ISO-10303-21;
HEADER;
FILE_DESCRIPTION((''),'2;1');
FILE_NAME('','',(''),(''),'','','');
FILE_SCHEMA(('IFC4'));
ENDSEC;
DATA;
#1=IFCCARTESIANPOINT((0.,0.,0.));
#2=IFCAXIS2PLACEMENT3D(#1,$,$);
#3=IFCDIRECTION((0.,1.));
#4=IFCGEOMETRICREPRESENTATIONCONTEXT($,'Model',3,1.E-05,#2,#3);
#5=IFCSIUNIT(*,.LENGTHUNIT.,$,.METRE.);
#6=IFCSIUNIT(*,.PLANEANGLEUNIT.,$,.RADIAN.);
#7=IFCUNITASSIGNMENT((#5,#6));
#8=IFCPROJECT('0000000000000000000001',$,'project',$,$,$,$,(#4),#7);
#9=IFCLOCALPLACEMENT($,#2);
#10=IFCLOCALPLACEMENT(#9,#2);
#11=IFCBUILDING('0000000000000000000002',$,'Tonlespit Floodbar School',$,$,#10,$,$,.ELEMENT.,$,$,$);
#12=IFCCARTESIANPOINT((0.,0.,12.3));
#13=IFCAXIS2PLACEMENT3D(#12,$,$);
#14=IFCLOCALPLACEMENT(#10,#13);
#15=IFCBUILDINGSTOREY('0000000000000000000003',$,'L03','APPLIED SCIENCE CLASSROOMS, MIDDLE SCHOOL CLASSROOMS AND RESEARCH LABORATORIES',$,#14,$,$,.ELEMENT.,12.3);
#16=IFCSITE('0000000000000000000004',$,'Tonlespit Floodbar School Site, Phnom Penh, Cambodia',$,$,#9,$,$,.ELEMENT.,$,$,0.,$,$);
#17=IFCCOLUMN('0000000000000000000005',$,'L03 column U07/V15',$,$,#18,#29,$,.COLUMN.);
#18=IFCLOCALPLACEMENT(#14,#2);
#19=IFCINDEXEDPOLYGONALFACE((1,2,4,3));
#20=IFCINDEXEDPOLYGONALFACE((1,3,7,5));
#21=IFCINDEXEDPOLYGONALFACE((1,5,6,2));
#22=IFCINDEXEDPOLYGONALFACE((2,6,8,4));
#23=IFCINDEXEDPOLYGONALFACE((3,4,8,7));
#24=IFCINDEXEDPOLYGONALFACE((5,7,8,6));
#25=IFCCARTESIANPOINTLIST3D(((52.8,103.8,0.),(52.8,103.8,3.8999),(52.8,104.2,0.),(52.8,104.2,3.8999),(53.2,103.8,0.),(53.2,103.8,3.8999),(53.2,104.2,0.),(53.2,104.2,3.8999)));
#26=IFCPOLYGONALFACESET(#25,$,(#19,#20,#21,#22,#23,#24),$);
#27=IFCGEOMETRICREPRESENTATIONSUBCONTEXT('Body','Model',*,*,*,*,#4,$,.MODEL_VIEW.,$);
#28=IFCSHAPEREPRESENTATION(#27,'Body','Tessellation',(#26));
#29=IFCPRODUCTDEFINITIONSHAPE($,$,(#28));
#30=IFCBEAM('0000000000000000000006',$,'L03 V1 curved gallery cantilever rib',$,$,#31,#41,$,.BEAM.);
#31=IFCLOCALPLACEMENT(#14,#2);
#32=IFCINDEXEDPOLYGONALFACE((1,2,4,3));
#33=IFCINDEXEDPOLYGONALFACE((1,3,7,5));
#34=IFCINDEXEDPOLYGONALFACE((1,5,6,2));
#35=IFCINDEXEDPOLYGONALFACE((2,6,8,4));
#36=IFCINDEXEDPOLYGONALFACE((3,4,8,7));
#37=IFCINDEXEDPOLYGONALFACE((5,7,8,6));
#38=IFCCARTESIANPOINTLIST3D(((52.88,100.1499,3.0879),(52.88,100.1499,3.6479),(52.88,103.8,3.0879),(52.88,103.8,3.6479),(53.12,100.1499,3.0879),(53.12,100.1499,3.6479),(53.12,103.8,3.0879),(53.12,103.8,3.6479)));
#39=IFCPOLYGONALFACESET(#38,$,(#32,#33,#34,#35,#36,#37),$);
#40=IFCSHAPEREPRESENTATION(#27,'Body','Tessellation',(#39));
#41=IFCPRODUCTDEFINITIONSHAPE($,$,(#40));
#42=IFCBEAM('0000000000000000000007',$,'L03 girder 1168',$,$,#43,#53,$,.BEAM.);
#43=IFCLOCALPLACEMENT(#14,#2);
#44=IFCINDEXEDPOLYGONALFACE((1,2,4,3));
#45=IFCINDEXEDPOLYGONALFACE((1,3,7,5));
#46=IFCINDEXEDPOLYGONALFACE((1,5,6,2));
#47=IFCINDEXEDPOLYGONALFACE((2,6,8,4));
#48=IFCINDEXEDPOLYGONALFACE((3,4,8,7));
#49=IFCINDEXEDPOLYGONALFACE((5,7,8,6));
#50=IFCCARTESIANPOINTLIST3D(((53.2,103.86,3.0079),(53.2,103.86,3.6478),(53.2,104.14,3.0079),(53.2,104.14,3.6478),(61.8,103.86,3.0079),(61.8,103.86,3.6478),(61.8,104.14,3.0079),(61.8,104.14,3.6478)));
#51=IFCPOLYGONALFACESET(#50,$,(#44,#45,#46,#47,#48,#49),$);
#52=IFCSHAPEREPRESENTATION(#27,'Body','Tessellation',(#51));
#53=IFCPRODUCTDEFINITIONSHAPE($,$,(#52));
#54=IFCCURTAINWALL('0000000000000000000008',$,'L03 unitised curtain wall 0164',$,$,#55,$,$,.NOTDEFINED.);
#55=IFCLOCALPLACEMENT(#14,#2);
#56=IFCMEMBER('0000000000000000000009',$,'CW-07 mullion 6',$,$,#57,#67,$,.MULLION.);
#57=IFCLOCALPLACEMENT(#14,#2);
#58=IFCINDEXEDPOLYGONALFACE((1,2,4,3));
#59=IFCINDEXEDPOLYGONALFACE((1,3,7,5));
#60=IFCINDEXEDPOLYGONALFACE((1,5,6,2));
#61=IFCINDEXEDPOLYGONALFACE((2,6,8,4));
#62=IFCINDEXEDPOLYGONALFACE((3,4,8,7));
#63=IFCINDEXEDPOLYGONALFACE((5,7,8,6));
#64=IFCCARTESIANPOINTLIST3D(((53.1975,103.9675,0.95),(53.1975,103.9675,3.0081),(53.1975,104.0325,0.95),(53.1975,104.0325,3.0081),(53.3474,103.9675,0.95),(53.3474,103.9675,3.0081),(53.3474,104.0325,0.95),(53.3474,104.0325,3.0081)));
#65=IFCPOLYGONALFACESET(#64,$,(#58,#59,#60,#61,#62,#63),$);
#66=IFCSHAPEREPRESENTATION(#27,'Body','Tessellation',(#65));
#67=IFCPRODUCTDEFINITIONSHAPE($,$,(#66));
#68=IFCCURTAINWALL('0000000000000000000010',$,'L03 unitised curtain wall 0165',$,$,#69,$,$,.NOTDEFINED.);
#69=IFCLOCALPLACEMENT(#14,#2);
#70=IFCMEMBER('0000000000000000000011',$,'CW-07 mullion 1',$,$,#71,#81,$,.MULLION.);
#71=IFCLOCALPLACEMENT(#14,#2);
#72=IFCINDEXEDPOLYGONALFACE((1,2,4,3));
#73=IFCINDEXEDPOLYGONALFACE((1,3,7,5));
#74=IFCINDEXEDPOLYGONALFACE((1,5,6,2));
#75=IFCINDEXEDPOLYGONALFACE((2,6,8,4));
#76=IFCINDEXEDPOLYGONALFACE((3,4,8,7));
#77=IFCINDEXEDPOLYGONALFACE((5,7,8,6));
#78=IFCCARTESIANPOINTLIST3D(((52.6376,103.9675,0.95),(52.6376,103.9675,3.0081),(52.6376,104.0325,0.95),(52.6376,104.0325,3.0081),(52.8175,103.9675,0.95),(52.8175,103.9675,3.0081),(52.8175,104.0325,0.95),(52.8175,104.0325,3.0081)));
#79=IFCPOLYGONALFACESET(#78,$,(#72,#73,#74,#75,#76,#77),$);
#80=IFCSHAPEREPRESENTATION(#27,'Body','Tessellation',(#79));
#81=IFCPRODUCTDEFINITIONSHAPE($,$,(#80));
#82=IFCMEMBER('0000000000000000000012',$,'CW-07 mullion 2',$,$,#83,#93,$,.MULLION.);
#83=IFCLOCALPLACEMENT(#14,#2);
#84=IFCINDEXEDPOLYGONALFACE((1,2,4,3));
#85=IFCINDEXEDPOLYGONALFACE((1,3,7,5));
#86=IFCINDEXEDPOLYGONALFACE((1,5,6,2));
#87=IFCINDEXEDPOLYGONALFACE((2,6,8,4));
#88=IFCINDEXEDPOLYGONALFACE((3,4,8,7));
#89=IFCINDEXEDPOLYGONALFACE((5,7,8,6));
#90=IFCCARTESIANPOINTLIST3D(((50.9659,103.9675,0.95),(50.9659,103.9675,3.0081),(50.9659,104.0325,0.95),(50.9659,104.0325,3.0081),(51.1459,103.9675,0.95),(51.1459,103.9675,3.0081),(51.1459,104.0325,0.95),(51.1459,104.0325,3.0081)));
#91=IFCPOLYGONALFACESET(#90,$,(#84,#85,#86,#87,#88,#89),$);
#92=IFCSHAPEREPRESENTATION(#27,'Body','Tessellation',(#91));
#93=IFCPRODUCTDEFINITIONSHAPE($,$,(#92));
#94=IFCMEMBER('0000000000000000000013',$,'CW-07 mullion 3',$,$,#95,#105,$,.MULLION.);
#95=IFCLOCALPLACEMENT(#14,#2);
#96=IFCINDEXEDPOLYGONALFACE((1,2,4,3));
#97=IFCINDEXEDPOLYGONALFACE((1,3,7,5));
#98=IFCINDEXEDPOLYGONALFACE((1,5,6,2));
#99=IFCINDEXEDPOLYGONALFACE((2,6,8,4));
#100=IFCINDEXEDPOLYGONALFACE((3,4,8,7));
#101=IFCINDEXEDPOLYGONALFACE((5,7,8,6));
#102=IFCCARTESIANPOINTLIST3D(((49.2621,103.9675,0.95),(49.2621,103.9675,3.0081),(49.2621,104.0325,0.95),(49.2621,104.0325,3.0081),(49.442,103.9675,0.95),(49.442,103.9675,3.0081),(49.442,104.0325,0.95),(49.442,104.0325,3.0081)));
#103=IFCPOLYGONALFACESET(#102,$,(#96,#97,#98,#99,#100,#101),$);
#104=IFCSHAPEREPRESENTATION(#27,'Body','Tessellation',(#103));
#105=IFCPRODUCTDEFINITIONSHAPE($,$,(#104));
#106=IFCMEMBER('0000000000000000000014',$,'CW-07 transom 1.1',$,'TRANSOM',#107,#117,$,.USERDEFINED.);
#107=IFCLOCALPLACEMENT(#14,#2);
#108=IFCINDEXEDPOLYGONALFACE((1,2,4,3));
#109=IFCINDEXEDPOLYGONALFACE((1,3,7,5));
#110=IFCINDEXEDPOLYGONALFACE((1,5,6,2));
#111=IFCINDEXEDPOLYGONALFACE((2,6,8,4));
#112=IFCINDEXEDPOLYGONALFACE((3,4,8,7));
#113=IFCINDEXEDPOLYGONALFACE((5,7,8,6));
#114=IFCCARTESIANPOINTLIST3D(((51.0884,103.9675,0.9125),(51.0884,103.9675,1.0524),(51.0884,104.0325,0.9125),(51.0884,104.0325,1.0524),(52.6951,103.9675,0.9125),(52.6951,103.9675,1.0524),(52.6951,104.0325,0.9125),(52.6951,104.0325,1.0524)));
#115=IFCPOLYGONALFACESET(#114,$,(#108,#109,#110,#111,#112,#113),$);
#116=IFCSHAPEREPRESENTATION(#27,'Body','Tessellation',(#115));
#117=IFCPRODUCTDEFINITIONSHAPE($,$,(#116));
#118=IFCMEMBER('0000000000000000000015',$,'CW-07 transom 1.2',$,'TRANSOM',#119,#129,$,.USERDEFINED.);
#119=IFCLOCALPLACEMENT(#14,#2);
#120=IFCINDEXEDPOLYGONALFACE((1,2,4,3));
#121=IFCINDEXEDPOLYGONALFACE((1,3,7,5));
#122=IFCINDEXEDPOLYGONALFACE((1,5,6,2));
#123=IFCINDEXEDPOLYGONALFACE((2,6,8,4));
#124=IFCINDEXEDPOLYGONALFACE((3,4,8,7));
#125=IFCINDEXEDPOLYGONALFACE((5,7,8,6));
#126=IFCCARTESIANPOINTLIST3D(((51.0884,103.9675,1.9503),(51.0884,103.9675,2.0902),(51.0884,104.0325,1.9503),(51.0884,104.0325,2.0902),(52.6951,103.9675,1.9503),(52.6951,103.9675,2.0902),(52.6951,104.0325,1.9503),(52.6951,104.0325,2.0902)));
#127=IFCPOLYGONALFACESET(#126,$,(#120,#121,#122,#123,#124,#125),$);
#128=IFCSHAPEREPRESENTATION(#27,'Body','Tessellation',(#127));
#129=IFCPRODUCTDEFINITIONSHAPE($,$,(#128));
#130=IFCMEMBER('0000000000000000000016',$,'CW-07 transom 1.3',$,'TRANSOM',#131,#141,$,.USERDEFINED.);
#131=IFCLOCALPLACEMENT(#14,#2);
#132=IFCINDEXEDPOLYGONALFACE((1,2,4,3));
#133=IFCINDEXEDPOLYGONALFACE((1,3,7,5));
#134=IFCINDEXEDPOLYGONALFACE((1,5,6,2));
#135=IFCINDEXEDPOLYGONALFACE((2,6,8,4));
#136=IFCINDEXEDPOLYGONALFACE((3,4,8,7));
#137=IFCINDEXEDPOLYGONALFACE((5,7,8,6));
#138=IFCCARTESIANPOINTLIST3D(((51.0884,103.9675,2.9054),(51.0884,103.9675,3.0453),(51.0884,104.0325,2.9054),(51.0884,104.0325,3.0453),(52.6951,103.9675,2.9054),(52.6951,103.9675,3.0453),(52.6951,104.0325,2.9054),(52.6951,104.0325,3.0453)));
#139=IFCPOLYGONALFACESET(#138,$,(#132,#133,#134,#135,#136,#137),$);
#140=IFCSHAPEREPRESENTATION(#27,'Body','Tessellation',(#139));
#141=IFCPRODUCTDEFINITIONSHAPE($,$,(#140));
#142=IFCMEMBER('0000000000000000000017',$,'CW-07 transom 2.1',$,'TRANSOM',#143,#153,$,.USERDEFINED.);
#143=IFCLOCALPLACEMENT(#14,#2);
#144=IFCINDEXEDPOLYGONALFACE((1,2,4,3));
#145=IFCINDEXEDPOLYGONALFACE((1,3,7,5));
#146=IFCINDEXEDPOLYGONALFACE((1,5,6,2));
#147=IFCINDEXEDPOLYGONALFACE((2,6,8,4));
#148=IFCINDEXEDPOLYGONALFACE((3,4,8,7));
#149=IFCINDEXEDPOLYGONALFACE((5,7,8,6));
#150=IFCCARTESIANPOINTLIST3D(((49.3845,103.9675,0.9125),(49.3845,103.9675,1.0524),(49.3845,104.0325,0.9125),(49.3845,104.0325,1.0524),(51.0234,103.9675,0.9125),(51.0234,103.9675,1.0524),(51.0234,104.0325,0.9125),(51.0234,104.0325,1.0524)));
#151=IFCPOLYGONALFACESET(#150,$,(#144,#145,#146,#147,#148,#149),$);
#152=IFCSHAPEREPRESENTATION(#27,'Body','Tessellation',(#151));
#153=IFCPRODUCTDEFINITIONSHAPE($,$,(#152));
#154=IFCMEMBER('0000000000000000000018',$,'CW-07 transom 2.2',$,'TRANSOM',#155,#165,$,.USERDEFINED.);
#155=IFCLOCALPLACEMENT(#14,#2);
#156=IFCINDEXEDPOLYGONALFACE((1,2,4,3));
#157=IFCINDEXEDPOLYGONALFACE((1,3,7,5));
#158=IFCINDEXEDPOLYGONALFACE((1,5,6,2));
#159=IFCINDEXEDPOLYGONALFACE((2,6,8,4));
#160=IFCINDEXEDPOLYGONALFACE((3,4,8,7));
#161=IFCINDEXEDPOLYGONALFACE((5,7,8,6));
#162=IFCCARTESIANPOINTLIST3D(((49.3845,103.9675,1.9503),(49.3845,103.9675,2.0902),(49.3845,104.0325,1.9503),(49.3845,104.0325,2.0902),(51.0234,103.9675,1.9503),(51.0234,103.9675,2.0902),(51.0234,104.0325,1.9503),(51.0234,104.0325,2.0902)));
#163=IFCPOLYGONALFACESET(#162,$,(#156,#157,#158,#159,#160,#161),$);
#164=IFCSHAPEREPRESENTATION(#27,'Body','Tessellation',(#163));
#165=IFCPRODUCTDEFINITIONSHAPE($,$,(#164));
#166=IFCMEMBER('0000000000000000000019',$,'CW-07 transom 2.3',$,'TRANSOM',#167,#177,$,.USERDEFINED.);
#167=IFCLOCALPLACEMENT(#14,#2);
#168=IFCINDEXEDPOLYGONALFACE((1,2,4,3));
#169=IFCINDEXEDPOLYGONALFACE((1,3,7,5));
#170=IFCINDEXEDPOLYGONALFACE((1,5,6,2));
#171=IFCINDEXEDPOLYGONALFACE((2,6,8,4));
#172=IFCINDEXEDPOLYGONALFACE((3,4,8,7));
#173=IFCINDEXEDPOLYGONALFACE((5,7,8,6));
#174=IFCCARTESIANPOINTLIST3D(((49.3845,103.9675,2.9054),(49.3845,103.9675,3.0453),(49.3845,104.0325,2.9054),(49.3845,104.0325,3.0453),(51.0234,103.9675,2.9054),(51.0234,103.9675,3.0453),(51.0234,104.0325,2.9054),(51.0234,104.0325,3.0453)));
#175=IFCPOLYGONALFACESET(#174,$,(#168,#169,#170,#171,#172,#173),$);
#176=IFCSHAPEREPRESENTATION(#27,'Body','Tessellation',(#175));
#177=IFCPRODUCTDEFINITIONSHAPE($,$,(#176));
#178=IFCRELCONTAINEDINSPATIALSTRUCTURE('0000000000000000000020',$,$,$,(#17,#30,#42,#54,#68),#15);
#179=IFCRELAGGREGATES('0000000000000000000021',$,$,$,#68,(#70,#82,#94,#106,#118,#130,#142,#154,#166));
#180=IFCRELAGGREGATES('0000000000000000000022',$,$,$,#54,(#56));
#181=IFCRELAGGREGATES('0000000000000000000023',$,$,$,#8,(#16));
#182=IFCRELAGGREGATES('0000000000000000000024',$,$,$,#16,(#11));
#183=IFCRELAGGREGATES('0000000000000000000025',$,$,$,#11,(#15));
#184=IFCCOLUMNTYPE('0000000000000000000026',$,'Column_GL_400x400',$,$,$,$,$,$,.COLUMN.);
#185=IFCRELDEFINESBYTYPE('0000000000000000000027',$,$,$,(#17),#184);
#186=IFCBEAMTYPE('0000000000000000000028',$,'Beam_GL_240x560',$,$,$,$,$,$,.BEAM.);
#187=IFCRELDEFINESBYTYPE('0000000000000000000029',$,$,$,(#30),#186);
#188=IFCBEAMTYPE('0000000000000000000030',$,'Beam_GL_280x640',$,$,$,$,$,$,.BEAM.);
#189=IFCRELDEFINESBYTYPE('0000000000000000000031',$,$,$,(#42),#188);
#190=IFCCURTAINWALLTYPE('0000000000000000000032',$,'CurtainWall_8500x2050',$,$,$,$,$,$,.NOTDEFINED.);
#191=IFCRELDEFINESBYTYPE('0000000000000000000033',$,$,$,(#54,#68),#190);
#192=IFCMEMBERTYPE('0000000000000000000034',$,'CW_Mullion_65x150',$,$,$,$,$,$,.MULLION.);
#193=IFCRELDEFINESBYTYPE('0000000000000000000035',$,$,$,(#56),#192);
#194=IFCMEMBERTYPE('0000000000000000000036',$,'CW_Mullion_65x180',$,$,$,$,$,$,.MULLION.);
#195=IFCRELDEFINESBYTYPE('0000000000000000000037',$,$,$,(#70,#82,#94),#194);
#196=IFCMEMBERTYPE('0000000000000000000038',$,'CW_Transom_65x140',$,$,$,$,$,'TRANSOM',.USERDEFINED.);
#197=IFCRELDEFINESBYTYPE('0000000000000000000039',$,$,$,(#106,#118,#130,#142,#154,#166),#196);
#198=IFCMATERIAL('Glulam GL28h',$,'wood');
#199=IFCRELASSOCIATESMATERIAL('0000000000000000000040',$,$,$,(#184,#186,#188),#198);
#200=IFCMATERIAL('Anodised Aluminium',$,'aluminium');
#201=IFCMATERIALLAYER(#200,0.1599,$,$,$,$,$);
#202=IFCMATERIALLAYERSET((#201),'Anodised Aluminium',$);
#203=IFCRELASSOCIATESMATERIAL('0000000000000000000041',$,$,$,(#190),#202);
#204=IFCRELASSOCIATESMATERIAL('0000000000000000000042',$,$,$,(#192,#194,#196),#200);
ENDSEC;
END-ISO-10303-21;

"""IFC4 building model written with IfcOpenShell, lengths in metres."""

from ifc_helpers import new_model, si_unit, direction, frame, origin, origin_2d, place, context, subcontext, project, spatial, rectangle, extrude, material, layer, layer_set, material_profile, profile_set, type_object, element, aggregate, save


model = new_model("IFC4")

# Units and contexts
model_context = context("Model", 3, precision=1e-05, world=origin(), true_north=direction((0.0, 1.0)))
body_context = subcontext(model_context, "Body", "Model", "MODEL_VIEW")
ifc_project = project(units=[si_unit("LENGTHUNIT", "METRE"), si_unit("PLANEANGLEUNIT", "RADIAN")], contexts=[model_context])

# Site, building, storey
site_placement = place(None, origin())
site = spatial("IfcSite", under=ifc_project, at=site_placement, Name="Tonlespit Floodbar School Site, Phnom Penh, Cambodia", CompositionType="ELEMENT", RefElevation=0.0)
building_placement = place(site_placement, origin())
building = spatial("IfcBuilding", under=site, at=building_placement, Name="Tonlespit Floodbar School", CompositionType="ELEMENT")
storey_placement = place(building_placement, frame((0.0, 0.0, 12.3)))
storey = spatial("IfcBuildingStorey", under=building, at=storey_placement, Name="L03", Description="APPLIED SCIENCE CLASSROOMS, MIDDLE SCHOOL CLASSROOMS AND RESEARCH LABORATORIES", CompositionType="ELEMENT", Elevation=12.3)

# Column
ifc_material_1 = material(Name="Glulam GL28h", Category="wood")
ifc_material_profile_1 = material_profile(ifc_material_1, rectangle(XDim=0.3999, YDim=0.3999, at=origin_2d()), Name="GL 400x400")
ifc_profile_set_1 = profile_set([ifc_material_profile_1], Name="Glulam GL28h")
column_type = type_object("IfcColumnType", Name="Column_GL_400x400", PredefinedType="COLUMN", material=ifc_profile_set_1)
column_placement = place(storey_placement, frame((53.0, 104.0, 0.0), z_axis=(0.0, 0.0, 1.0), x_axis=(1.0, 0.0, 0.0)))
element("IfcColumn", 1, at=column_placement, inside=storey, type_object=column_type, Name="L03 column U07/V15", PredefinedType="COLUMN", context=body_context, shape_type="SweptSolid", body=[
    extrude(rectangle(XDim=0.3999, YDim=0.3999, at=origin_2d()), origin(), (0.0, 0.0, 1.0), 3.8999),
])

# Beams
ifc_material_profile_2 = material_profile(ifc_material_1, rectangle(XDim=0.24, YDim=0.5601, at=origin_2d()), Name="GL 240x560")
ifc_profile_set_2 = profile_set([ifc_material_profile_2], Name="Glulam GL28h")
beam_type_1 = type_object("IfcBeamType", Name="Beam_GL_240x560", PredefinedType="BEAM", material=ifc_profile_set_2)
beam_1_placement = place(storey_placement, frame((53.0, 103.8, 3.3679), z_axis=(0.0, -1.0, 0.0), x_axis=(1.0, 0.0, 0.0)))
element("IfcBeam", 2, at=beam_1_placement, inside=storey, type_object=beam_type_1, Name="L03 V1 curved gallery cantilever rib", PredefinedType="BEAM", context=body_context, shape_type="SweptSolid", body=[
    extrude(rectangle(XDim=0.24, YDim=0.5601, at=origin_2d()), origin(), (0.0, 0.0, 1.0), 3.6501),
])
ifc_material_profile_3 = material_profile(ifc_material_1, rectangle(XDim=0.28, YDim=0.6399, at=origin_2d()), Name="GL 280x640")
ifc_profile_set_3 = profile_set([ifc_material_profile_3], Name="Glulam GL28h")
beam_type_2 = type_object("IfcBeamType", Name="Beam_GL_280x640", PredefinedType="BEAM", material=ifc_profile_set_3)
beam_2_placement = place(storey_placement, frame((53.2, 104.0, 3.3279), z_axis=(1.0, 0.0, 0.0), x_axis=(0.0, 1.0, 0.0)))
element("IfcBeam", 3, at=beam_2_placement, inside=storey, type_object=beam_type_2, Name="L03 girder 1168", PredefinedType="BEAM", context=body_context, shape_type="SweptSolid", body=[
    extrude(rectangle(XDim=0.28, YDim=0.6399, at=origin_2d()), origin(), (0.0, 0.0, 1.0), 8.6001),
])

# Curtain wall, member
ifc_material_2 = material(Name="Anodised Aluminium", Category="aluminium")
ifc_layer_1 = layer(ifc_material_2, 0.1599)
ifc_layer_set_1 = layer_set([ifc_layer_1], Name="Anodised Aluminium")
curtain_wall_type = type_object("IfcCurtainWallType", Name="CurtainWall_8500x2050", PredefinedType="NOTDEFINED", material=ifc_layer_set_1)
curtain_wall_1_placement = place(storey_placement, origin())
curtain_wall_1 = element("IfcCurtainWall", 4, at=curtain_wall_1_placement, inside=storey, type_object=curtain_wall_type, Name="L03 unitised curtain wall 0164", PredefinedType="NOTDEFINED")
ifc_material_profile_4 = material_profile(ifc_material_2, rectangle(XDim=0.0649, YDim=0.1499, at=origin_2d()), Name="ALU M65x150")
ifc_profile_set_4 = profile_set([ifc_material_profile_4], Name="Anodised Aluminium")
member_type_1 = type_object("IfcMemberType", Name="CW_Mullion_65x150", PredefinedType="MULLION", material=ifc_profile_set_4)
member_1_placement = place(storey_placement, frame((53.2725, 104.0, 0.95), z_axis=(0.0, 0.0, 1.0), x_axis=(0.0, -1.0, 0.0)))
member_1 = element("IfcMember", 5, at=member_1_placement, type_object=member_type_1, Name="CW-07 mullion 6", PredefinedType="MULLION", context=body_context, shape_type="SweptSolid", body=[
    extrude(rectangle(XDim=0.0649, YDim=0.1499, at=origin_2d()), origin(), (0.0, 0.0, 1.0), 2.0581),
])

# Curtain wall, members
curtain_wall_2_placement = place(storey_placement, origin())
curtain_wall_2 = element("IfcCurtainWall", 6, at=curtain_wall_2_placement, inside=storey, type_object=curtain_wall_type, Name="L03 unitised curtain wall 0165", PredefinedType="NOTDEFINED")
ifc_material_profile_5 = material_profile(ifc_material_2, rectangle(XDim=0.0649, YDim=0.1799, at=origin_2d()), Name="ALU M65x180")
ifc_profile_set_5 = profile_set([ifc_material_profile_5], Name="Anodised Aluminium")
member_type_2 = type_object("IfcMemberType", Name="CW_Mullion_65x180", PredefinedType="MULLION", material=ifc_profile_set_5)
member_2_placement = place(storey_placement, frame((52.7275, 104.0, 0.95), z_axis=(0.0, 0.0, 1.0), x_axis=(0.0, -1.0, 0.0)))
member_2 = element("IfcMember", 7, at=member_2_placement, type_object=member_type_2, Name="CW-07 mullion 1", PredefinedType="MULLION", context=body_context, shape_type="SweptSolid", body=[
    extrude(rectangle(XDim=0.0649, YDim=0.1799, at=origin_2d()), origin(), (0.0, 0.0, 1.0), 2.0581),
])
member_3_placement = place(storey_placement, frame((51.0559, 104.0, 0.95), z_axis=(0.0, 0.0, 1.0), x_axis=(0.0, -1.0, 0.0)))
member_3 = element("IfcMember", 8, at=member_3_placement, type_object=member_type_2, Name="CW-07 mullion 2", PredefinedType="MULLION", context=body_context, shape_type="SweptSolid", body=[
    extrude(rectangle(XDim=0.0649, YDim=0.1799, at=origin_2d()), origin(), (0.0, 0.0, 1.0), 2.0581),
])
member_4_placement = place(storey_placement, frame((49.3521, 104.0, 0.95), z_axis=(0.0, 0.0, 1.0), x_axis=(0.0, -1.0, 0.0)))
member_4 = element("IfcMember", 9, at=member_4_placement, type_object=member_type_2, Name="CW-07 mullion 3", PredefinedType="MULLION", context=body_context, shape_type="SweptSolid", body=[
    extrude(rectangle(XDim=0.0649, YDim=0.1799, at=origin_2d()), origin(), (0.0, 0.0, 1.0), 2.0581),
])
ifc_material_profile_6 = material_profile(ifc_material_2, rectangle(XDim=0.0649, YDim=0.1399, at=origin_2d()), Name="ALU T65x140")
ifc_profile_set_6 = profile_set([ifc_material_profile_6], Name="Anodised Aluminium")
member_type_3 = type_object("IfcMemberType", Name="CW_Transom_65x140", ElementType="TRANSOM", PredefinedType="USERDEFINED", material=ifc_profile_set_6)
member_5_placement = place(storey_placement, frame((52.6951, 104.0, 0.9824), z_axis=(-1.0, 0.0, 0.0), x_axis=(0.0, -1.0, 0.0)))
member_5 = element("IfcMember", 10, at=member_5_placement, type_object=member_type_3, Name="CW-07 transom 1.1", ObjectType="TRANSOM", PredefinedType="USERDEFINED", context=body_context, shape_type="SweptSolid", body=[
    extrude(rectangle(XDim=0.0649, YDim=0.1399, at=origin_2d()), origin(), (0.0, 0.0, 1.0), 1.6067),
])
member_6_placement = place(storey_placement, frame((52.6951, 104.0, 2.0203), z_axis=(-1.0, 0.0, 0.0), x_axis=(0.0, -1.0, 0.0)))
member_6 = element("IfcMember", 11, at=member_6_placement, type_object=member_type_3, Name="CW-07 transom 1.2", ObjectType="TRANSOM", PredefinedType="USERDEFINED", context=body_context, shape_type="SweptSolid", body=[
    extrude(rectangle(XDim=0.0649, YDim=0.1399, at=origin_2d()), origin(), (0.0, 0.0, 1.0), 1.6067),
])
member_7_placement = place(storey_placement, frame((52.6951, 104.0, 2.9753), z_axis=(-1.0, 0.0, 0.0), x_axis=(0.0, -1.0, 0.0)))
member_7 = element("IfcMember", 12, at=member_7_placement, type_object=member_type_3, Name="CW-07 transom 1.3", ObjectType="TRANSOM", PredefinedType="USERDEFINED", context=body_context, shape_type="SweptSolid", body=[
    extrude(rectangle(XDim=0.0649, YDim=0.1399, at=origin_2d()), origin(), (0.0, 0.0, 1.0), 1.6067),
])
member_8_placement = place(storey_placement, frame((51.0234, 104.0, 0.9824), z_axis=(-1.0, 0.0, 0.0), x_axis=(0.0, -1.0, 0.0)))
member_8 = element("IfcMember", 13, at=member_8_placement, type_object=member_type_3, Name="CW-07 transom 2.1", ObjectType="TRANSOM", PredefinedType="USERDEFINED", context=body_context, shape_type="SweptSolid", body=[
    extrude(rectangle(XDim=0.0649, YDim=0.1399, at=origin_2d()), origin(), (0.0, 0.0, 1.0), 1.6389),
])
member_9_placement = place(storey_placement, frame((51.0234, 104.0, 2.0203), z_axis=(-1.0, 0.0, 0.0), x_axis=(0.0, -1.0, 0.0)))
member_9 = element("IfcMember", 14, at=member_9_placement, type_object=member_type_3, Name="CW-07 transom 2.2", ObjectType="TRANSOM", PredefinedType="USERDEFINED", context=body_context, shape_type="SweptSolid", body=[
    extrude(rectangle(XDim=0.0649, YDim=0.1399, at=origin_2d()), origin(), (0.0, 0.0, 1.0), 1.6389),
])
member_10_placement = place(storey_placement, frame((51.0234, 104.0, 2.9753), z_axis=(-1.0, 0.0, 0.0), x_axis=(0.0, -1.0, 0.0)))
member_10 = element("IfcMember", 15, at=member_10_placement, type_object=member_type_3, Name="CW-07 transom 2.3", ObjectType="TRANSOM", PredefinedType="USERDEFINED", context=body_context, shape_type="SweptSolid", body=[
    extrude(rectangle(XDim=0.0649, YDim=0.1399, at=origin_2d()), origin(), (0.0, 0.0, 1.0), 1.6389),
])
aggregate(curtain_wall_2, [member_2, member_3, member_4, member_5, member_6, member_7, member_8, member_9, member_10])

aggregate(curtain_wall_1, [member_1])

save(model, "model.ifc")
